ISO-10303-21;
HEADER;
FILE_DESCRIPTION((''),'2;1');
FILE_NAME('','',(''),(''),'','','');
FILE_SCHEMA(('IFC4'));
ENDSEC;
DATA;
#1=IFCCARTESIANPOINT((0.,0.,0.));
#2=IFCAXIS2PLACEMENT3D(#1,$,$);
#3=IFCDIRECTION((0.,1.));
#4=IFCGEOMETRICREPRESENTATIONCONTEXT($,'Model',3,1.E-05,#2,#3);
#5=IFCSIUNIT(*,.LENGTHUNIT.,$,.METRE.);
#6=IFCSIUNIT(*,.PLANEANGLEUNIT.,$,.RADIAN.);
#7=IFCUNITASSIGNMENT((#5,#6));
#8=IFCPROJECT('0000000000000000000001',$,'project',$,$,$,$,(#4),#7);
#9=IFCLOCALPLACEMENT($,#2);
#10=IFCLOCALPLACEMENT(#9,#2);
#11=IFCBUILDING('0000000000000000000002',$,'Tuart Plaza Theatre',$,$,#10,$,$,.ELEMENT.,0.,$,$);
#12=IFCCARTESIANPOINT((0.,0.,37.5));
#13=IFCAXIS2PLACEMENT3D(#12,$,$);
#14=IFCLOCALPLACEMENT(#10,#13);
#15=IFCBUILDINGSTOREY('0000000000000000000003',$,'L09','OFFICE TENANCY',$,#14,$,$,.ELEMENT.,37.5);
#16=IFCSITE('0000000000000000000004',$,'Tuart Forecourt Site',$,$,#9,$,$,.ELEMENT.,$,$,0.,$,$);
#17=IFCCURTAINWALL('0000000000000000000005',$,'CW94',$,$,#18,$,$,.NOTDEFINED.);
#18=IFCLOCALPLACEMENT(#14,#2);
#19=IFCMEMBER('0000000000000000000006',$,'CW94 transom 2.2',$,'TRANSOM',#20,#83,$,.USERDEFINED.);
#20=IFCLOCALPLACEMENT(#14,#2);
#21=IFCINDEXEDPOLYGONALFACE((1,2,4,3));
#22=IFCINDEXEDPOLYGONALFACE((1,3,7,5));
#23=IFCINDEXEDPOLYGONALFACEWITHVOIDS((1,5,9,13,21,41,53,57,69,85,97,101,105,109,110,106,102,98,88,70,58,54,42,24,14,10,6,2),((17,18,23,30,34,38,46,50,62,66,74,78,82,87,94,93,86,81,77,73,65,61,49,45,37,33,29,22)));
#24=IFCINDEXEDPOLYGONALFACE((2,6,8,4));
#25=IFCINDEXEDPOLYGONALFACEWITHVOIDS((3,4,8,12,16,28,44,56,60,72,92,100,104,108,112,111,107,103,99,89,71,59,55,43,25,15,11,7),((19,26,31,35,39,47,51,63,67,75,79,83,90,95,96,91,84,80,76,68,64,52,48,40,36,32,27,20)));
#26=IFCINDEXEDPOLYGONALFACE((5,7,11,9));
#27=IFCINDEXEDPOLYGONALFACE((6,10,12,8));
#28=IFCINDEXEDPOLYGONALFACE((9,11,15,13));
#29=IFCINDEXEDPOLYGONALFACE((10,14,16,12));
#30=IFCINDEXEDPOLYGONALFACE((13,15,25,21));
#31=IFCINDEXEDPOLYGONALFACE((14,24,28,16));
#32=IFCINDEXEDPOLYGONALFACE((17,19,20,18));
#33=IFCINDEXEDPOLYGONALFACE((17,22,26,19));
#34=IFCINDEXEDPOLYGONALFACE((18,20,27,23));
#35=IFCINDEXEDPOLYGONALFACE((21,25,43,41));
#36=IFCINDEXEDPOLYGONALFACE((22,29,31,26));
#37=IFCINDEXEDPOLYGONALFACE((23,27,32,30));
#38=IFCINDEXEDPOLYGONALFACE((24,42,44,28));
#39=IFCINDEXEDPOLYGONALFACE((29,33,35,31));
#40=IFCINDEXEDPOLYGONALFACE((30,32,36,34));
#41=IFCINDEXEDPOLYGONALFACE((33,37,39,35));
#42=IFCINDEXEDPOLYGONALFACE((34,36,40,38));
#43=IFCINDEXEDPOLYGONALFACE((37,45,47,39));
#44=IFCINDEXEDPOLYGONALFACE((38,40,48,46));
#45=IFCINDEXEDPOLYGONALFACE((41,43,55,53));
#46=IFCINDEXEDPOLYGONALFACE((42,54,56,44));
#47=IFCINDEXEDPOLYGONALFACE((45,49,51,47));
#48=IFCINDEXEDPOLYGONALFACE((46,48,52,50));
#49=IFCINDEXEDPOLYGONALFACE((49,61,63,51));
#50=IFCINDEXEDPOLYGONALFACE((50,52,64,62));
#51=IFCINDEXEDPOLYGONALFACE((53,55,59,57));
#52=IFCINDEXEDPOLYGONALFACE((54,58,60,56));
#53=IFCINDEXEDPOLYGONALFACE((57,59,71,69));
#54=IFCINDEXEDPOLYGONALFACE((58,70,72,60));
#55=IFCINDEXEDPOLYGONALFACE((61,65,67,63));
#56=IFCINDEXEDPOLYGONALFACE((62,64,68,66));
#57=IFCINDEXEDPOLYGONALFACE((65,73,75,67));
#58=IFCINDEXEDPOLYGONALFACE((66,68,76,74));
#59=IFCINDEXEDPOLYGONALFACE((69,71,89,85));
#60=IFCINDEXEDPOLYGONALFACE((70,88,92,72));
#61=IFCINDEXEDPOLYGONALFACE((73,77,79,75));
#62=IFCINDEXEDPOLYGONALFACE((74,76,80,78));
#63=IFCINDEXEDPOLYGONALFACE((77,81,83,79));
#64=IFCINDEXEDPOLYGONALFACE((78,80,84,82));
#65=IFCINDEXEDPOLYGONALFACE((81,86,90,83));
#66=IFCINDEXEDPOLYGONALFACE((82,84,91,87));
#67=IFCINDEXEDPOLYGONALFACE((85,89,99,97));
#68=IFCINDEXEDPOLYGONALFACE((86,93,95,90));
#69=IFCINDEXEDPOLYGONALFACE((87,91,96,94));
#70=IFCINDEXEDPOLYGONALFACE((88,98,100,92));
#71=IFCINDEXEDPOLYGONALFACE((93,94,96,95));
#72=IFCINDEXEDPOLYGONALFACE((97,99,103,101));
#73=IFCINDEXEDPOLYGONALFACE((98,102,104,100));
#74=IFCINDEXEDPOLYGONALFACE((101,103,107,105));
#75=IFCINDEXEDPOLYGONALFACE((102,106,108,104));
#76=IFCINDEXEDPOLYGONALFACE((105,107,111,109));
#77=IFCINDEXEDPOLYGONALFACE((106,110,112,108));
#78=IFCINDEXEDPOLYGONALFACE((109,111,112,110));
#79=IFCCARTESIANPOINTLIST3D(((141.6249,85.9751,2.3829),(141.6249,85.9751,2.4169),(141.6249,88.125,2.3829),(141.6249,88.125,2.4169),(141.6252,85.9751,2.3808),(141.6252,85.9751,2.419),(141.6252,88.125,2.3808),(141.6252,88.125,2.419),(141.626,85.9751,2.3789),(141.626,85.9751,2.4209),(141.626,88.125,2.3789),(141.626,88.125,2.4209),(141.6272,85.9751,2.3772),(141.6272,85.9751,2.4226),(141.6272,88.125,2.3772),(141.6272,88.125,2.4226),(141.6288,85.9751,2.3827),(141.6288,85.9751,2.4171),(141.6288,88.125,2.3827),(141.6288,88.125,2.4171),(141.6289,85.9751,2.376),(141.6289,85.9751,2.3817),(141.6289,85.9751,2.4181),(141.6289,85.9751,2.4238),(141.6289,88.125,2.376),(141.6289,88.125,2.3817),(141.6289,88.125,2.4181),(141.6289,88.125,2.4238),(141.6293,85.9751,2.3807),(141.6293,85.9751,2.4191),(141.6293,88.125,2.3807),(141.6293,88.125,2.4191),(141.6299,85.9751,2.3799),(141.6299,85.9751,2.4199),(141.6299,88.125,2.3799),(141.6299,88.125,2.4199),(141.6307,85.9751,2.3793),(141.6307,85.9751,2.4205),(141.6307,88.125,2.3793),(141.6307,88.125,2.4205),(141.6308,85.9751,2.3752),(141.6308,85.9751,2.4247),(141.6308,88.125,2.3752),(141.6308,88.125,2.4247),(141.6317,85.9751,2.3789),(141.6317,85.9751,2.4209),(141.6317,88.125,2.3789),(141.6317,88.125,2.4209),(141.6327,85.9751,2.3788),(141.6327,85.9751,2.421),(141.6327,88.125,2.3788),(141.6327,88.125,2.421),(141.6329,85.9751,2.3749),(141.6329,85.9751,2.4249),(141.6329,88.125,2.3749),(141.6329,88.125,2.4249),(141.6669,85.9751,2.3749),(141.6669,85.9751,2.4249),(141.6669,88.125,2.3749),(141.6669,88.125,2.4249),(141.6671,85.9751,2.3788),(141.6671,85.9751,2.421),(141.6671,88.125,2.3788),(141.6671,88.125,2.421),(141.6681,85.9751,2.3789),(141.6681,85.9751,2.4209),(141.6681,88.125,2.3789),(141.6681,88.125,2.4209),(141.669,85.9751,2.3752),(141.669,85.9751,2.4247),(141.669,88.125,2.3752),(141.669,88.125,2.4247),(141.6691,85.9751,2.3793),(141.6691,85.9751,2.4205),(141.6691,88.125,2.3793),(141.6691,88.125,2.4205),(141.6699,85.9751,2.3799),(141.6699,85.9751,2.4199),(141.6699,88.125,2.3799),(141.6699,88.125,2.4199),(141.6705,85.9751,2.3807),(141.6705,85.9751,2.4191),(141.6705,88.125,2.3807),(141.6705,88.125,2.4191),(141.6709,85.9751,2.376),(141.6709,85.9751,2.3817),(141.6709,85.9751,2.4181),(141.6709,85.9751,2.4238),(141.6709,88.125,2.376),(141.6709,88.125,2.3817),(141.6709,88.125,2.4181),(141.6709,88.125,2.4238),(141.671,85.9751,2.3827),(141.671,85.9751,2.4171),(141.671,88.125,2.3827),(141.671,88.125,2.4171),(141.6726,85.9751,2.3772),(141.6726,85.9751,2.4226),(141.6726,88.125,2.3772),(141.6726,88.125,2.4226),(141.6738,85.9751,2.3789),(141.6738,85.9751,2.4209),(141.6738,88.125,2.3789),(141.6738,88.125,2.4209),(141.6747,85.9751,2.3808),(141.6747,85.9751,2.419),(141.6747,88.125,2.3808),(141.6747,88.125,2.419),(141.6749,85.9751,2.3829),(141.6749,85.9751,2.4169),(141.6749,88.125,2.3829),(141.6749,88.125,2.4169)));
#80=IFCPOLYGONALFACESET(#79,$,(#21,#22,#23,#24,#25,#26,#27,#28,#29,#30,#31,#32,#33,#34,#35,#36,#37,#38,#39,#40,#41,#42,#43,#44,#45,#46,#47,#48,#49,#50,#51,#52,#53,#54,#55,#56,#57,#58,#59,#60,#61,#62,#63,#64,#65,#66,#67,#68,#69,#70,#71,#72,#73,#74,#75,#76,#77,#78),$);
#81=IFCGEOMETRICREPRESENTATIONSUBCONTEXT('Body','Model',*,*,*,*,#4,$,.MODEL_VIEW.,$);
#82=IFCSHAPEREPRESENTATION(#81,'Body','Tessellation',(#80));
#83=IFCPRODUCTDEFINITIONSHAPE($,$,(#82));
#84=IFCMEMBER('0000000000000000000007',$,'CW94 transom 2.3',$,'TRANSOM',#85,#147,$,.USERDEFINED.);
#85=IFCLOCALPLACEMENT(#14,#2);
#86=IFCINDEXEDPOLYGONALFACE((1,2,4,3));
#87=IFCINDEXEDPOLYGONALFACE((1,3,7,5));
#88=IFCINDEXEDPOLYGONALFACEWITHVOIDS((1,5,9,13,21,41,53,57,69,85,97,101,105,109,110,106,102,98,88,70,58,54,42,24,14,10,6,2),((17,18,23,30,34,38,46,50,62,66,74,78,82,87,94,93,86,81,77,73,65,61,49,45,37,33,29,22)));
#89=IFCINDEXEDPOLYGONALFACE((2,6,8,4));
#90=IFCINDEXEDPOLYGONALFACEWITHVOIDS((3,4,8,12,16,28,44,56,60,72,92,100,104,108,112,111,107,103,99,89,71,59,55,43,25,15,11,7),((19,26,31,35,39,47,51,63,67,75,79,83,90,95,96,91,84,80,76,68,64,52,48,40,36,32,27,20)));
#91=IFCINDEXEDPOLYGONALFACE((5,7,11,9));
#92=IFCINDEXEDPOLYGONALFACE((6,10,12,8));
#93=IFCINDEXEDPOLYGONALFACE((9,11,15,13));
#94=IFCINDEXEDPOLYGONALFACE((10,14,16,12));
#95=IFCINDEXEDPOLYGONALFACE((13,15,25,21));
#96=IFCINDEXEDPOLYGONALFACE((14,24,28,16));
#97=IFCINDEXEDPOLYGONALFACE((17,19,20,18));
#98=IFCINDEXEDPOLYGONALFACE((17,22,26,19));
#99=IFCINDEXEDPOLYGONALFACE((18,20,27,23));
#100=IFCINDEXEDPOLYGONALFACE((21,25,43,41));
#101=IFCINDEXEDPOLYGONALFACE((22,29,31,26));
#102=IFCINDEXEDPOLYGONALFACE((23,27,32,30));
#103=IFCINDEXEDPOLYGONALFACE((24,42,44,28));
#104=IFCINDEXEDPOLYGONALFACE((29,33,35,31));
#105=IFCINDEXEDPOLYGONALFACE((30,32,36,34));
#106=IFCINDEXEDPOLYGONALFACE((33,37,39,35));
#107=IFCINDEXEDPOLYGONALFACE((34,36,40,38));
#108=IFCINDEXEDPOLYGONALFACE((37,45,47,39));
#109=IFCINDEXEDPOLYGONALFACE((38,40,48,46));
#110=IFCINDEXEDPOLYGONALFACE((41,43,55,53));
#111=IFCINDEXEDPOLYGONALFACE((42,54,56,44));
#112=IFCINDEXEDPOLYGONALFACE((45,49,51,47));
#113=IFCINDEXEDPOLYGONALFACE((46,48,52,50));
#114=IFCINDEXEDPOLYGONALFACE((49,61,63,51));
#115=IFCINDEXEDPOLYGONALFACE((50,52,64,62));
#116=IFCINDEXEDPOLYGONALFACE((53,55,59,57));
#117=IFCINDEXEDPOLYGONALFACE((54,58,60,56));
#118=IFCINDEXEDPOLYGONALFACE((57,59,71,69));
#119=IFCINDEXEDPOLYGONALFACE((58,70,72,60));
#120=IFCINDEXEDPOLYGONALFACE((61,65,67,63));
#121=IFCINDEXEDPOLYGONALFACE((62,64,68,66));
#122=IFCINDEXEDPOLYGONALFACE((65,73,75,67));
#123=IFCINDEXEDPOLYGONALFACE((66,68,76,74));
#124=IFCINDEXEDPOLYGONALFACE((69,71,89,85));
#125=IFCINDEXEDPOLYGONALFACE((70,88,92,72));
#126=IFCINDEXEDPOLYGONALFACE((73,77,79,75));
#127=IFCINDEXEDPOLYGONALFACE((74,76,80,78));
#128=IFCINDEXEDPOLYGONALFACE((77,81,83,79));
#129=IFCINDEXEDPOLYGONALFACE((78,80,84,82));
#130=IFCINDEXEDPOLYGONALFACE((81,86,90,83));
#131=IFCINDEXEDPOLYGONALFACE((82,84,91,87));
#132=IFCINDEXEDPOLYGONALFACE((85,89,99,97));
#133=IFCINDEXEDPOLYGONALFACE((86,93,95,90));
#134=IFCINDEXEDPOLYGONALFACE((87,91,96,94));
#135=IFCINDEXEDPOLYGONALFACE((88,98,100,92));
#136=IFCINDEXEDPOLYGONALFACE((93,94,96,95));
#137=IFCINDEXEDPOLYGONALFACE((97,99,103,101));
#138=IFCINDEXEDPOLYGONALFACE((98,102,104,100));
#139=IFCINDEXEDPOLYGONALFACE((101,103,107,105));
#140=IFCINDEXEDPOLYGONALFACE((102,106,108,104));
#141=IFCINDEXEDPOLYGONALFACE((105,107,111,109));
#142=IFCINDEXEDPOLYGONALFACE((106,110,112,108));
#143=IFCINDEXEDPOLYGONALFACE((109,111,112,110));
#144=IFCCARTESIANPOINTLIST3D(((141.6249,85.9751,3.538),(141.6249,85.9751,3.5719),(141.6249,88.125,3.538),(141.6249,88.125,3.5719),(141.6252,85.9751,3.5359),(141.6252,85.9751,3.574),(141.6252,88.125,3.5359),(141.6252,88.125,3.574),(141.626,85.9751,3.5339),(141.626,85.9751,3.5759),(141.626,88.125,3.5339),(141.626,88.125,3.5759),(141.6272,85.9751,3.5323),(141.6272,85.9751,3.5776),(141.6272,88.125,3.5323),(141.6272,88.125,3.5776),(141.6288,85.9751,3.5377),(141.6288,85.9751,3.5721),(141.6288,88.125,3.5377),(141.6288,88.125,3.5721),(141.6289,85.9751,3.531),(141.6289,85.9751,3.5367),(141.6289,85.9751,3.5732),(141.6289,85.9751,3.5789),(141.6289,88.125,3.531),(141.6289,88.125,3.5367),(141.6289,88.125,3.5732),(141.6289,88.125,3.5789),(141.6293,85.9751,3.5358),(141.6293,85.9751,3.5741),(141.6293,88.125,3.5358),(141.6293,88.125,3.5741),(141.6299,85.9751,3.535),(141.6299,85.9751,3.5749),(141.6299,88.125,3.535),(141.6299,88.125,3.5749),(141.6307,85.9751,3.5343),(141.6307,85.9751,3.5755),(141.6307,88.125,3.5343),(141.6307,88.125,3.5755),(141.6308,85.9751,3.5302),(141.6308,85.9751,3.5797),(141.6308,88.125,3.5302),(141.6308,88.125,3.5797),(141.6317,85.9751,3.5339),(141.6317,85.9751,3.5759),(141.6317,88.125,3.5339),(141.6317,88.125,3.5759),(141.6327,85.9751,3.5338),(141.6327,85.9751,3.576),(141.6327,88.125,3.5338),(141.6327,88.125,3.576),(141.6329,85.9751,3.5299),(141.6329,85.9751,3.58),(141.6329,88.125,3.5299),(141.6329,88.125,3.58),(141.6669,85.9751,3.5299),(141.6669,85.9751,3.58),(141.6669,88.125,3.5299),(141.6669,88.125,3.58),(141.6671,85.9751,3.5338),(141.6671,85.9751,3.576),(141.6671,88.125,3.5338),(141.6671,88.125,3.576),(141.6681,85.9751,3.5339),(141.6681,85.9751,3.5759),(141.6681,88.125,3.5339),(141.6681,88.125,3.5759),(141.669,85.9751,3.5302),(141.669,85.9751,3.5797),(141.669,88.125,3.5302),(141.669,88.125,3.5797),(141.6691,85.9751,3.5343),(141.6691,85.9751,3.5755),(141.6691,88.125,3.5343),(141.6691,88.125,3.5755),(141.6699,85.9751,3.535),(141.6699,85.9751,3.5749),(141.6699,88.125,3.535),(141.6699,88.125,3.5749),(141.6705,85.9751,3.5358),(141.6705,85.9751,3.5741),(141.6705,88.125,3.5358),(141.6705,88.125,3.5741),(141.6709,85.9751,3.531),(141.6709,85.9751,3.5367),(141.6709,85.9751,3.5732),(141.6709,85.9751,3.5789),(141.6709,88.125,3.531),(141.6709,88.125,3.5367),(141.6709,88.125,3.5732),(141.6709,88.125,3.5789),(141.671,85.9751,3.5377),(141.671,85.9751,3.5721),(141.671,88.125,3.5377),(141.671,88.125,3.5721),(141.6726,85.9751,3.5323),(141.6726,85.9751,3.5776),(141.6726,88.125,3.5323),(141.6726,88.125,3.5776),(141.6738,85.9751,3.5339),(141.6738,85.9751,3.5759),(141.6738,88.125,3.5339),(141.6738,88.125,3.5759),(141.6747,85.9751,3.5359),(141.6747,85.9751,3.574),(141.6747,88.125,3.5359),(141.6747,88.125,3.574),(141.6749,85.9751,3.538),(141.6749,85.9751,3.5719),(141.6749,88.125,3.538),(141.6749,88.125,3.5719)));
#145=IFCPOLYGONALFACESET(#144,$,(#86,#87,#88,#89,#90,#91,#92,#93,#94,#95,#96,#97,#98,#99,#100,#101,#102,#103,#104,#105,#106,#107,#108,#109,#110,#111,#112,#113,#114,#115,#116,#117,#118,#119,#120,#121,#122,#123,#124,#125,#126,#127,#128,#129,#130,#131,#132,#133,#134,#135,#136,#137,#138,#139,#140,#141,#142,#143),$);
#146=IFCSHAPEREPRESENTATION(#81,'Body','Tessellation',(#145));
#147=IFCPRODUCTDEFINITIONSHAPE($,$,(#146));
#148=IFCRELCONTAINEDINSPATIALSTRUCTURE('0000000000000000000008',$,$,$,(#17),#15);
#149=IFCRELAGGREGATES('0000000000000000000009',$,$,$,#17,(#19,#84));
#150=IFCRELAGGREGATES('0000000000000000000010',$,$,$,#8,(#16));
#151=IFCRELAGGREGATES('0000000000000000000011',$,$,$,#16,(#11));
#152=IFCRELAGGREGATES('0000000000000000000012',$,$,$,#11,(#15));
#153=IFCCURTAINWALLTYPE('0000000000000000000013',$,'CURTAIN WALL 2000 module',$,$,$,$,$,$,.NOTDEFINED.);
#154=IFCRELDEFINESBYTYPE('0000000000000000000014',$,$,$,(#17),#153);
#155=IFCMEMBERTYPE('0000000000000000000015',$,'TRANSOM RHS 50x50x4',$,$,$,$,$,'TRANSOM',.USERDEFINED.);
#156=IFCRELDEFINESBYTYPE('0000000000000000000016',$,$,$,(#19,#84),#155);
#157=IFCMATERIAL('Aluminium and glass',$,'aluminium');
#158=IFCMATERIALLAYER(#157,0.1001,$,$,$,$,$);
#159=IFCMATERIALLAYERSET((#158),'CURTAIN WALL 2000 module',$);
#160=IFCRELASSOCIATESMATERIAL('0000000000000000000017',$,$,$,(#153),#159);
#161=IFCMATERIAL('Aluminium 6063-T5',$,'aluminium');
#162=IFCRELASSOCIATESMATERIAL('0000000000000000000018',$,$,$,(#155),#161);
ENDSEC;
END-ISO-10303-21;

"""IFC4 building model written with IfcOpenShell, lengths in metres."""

from ifc_helpers import new_model, si_unit, direction, frame, origin, origin_2d, place, context, subcontext, project, spatial, hollow_rectangle, extrude, material, layer, layer_set, material_profile, profile_set, type_object, element, aggregate, save


model = new_model("IFC4")

# Units and contexts
model_context = context("Model", 3, precision=1e-05, world=origin(), true_north=direction((0.0, 1.0)))
body_context = subcontext(model_context, "Body", "Model", "MODEL_VIEW")
ifc_project = project(units=[si_unit("LENGTHUNIT", "METRE"), si_unit("PLANEANGLEUNIT", "RADIAN")], contexts=[model_context])

# Site, building, storey
site_placement = place(None, origin())
site = spatial("IfcSite", under=ifc_project, at=site_placement, Name="Tuart Forecourt Site", CompositionType="ELEMENT", RefElevation=0.0)
building_placement = place(site_placement, origin())
building = spatial("IfcBuilding", under=site, at=building_placement, Name="Tuart Plaza Theatre", CompositionType="ELEMENT", ElevationOfRefHeight=0.0)
storey_placement = place(building_placement, frame((0.0, 0.0, 37.5)))
storey = spatial("IfcBuildingStorey", under=building, at=storey_placement, Name="L09", Description="OFFICE TENANCY", CompositionType="ELEMENT", Elevation=37.5)

# Curtain wall, members
ifc_material_1 = material(Name="Aluminium and glass", Category="aluminium")
ifc_layer_1 = layer(ifc_material_1, 0.1001)
ifc_layer_set_1 = layer_set([ifc_layer_1], Name="CURTAIN WALL 2000 module")
curtain_wall_type = type_object("IfcCurtainWallType", Name="CURTAIN WALL 2000 module", PredefinedType="NOTDEFINED", material=ifc_layer_set_1)
curtain_wall_placement = place(storey_placement, origin())
curtain_wall = element("IfcCurtainWall", 1, at=curtain_wall_placement, inside=storey, type_object=curtain_wall_type, Name="CW94", PredefinedType="NOTDEFINED")
ifc_material_2 = material(Name="Aluminium 6063-T5", Category="aluminium")
ifc_material_profile_1 = material_profile(ifc_material_2, hollow_rectangle(XDim=0.05, YDim=0.05, WallThickness=0.0039, InnerFilletRadius=0.0039, OuterFilletRadius=0.0081, at=origin_2d()), Name="RHS 50x50x4")
ifc_profile_set_1 = profile_set([ifc_material_profile_1], Name="Aluminium 6063-T5")
member_type_1 = type_object("IfcMemberType", Name="TRANSOM RHS 50x50x4", ElementType="TRANSOM", PredefinedType="USERDEFINED", material=ifc_profile_set_1)
member_1_placement = place(storey_placement, frame((141.6499, 85.9751, 2.3999), z_axis=(0.0, 1.0, 0.0), x_axis=(-1.0, 0.0, 0.0)))
member_1 = element("IfcMember", 2, at=member_1_placement, type_object=member_type_1, Name="CW94 transom 2.2", ObjectType="TRANSOM", PredefinedType="USERDEFINED", context=body_context, shape_type="SweptSolid", body=[
    extrude(hollow_rectangle(XDim=0.05, YDim=0.05, WallThickness=0.0039, InnerFilletRadius=0.0039, OuterFilletRadius=0.0081, at=origin_2d()), origin(), (0.0, 0.0, 1.0), 2.1499),
])
member_2_placement = place(storey_placement, frame((141.6499, 85.9751, 3.5549), z_axis=(0.0, 1.0, 0.0), x_axis=(-1.0, 0.0, 0.0)))
member_2 = element("IfcMember", 3, at=member_2_placement, type_object=member_type_1, Name="CW94 transom 2.3", ObjectType="TRANSOM", PredefinedType="USERDEFINED", context=body_context, shape_type="SweptSolid", body=[
    extrude(hollow_rectangle(XDim=0.05, YDim=0.05, WallThickness=0.0039, InnerFilletRadius=0.0039, OuterFilletRadius=0.0081, at=origin_2d()), origin(), (0.0, 0.0, 1.0), 2.1499),
])
aggregate(curtain_wall, [member_1, member_2])

save(model, "model.ifc")
